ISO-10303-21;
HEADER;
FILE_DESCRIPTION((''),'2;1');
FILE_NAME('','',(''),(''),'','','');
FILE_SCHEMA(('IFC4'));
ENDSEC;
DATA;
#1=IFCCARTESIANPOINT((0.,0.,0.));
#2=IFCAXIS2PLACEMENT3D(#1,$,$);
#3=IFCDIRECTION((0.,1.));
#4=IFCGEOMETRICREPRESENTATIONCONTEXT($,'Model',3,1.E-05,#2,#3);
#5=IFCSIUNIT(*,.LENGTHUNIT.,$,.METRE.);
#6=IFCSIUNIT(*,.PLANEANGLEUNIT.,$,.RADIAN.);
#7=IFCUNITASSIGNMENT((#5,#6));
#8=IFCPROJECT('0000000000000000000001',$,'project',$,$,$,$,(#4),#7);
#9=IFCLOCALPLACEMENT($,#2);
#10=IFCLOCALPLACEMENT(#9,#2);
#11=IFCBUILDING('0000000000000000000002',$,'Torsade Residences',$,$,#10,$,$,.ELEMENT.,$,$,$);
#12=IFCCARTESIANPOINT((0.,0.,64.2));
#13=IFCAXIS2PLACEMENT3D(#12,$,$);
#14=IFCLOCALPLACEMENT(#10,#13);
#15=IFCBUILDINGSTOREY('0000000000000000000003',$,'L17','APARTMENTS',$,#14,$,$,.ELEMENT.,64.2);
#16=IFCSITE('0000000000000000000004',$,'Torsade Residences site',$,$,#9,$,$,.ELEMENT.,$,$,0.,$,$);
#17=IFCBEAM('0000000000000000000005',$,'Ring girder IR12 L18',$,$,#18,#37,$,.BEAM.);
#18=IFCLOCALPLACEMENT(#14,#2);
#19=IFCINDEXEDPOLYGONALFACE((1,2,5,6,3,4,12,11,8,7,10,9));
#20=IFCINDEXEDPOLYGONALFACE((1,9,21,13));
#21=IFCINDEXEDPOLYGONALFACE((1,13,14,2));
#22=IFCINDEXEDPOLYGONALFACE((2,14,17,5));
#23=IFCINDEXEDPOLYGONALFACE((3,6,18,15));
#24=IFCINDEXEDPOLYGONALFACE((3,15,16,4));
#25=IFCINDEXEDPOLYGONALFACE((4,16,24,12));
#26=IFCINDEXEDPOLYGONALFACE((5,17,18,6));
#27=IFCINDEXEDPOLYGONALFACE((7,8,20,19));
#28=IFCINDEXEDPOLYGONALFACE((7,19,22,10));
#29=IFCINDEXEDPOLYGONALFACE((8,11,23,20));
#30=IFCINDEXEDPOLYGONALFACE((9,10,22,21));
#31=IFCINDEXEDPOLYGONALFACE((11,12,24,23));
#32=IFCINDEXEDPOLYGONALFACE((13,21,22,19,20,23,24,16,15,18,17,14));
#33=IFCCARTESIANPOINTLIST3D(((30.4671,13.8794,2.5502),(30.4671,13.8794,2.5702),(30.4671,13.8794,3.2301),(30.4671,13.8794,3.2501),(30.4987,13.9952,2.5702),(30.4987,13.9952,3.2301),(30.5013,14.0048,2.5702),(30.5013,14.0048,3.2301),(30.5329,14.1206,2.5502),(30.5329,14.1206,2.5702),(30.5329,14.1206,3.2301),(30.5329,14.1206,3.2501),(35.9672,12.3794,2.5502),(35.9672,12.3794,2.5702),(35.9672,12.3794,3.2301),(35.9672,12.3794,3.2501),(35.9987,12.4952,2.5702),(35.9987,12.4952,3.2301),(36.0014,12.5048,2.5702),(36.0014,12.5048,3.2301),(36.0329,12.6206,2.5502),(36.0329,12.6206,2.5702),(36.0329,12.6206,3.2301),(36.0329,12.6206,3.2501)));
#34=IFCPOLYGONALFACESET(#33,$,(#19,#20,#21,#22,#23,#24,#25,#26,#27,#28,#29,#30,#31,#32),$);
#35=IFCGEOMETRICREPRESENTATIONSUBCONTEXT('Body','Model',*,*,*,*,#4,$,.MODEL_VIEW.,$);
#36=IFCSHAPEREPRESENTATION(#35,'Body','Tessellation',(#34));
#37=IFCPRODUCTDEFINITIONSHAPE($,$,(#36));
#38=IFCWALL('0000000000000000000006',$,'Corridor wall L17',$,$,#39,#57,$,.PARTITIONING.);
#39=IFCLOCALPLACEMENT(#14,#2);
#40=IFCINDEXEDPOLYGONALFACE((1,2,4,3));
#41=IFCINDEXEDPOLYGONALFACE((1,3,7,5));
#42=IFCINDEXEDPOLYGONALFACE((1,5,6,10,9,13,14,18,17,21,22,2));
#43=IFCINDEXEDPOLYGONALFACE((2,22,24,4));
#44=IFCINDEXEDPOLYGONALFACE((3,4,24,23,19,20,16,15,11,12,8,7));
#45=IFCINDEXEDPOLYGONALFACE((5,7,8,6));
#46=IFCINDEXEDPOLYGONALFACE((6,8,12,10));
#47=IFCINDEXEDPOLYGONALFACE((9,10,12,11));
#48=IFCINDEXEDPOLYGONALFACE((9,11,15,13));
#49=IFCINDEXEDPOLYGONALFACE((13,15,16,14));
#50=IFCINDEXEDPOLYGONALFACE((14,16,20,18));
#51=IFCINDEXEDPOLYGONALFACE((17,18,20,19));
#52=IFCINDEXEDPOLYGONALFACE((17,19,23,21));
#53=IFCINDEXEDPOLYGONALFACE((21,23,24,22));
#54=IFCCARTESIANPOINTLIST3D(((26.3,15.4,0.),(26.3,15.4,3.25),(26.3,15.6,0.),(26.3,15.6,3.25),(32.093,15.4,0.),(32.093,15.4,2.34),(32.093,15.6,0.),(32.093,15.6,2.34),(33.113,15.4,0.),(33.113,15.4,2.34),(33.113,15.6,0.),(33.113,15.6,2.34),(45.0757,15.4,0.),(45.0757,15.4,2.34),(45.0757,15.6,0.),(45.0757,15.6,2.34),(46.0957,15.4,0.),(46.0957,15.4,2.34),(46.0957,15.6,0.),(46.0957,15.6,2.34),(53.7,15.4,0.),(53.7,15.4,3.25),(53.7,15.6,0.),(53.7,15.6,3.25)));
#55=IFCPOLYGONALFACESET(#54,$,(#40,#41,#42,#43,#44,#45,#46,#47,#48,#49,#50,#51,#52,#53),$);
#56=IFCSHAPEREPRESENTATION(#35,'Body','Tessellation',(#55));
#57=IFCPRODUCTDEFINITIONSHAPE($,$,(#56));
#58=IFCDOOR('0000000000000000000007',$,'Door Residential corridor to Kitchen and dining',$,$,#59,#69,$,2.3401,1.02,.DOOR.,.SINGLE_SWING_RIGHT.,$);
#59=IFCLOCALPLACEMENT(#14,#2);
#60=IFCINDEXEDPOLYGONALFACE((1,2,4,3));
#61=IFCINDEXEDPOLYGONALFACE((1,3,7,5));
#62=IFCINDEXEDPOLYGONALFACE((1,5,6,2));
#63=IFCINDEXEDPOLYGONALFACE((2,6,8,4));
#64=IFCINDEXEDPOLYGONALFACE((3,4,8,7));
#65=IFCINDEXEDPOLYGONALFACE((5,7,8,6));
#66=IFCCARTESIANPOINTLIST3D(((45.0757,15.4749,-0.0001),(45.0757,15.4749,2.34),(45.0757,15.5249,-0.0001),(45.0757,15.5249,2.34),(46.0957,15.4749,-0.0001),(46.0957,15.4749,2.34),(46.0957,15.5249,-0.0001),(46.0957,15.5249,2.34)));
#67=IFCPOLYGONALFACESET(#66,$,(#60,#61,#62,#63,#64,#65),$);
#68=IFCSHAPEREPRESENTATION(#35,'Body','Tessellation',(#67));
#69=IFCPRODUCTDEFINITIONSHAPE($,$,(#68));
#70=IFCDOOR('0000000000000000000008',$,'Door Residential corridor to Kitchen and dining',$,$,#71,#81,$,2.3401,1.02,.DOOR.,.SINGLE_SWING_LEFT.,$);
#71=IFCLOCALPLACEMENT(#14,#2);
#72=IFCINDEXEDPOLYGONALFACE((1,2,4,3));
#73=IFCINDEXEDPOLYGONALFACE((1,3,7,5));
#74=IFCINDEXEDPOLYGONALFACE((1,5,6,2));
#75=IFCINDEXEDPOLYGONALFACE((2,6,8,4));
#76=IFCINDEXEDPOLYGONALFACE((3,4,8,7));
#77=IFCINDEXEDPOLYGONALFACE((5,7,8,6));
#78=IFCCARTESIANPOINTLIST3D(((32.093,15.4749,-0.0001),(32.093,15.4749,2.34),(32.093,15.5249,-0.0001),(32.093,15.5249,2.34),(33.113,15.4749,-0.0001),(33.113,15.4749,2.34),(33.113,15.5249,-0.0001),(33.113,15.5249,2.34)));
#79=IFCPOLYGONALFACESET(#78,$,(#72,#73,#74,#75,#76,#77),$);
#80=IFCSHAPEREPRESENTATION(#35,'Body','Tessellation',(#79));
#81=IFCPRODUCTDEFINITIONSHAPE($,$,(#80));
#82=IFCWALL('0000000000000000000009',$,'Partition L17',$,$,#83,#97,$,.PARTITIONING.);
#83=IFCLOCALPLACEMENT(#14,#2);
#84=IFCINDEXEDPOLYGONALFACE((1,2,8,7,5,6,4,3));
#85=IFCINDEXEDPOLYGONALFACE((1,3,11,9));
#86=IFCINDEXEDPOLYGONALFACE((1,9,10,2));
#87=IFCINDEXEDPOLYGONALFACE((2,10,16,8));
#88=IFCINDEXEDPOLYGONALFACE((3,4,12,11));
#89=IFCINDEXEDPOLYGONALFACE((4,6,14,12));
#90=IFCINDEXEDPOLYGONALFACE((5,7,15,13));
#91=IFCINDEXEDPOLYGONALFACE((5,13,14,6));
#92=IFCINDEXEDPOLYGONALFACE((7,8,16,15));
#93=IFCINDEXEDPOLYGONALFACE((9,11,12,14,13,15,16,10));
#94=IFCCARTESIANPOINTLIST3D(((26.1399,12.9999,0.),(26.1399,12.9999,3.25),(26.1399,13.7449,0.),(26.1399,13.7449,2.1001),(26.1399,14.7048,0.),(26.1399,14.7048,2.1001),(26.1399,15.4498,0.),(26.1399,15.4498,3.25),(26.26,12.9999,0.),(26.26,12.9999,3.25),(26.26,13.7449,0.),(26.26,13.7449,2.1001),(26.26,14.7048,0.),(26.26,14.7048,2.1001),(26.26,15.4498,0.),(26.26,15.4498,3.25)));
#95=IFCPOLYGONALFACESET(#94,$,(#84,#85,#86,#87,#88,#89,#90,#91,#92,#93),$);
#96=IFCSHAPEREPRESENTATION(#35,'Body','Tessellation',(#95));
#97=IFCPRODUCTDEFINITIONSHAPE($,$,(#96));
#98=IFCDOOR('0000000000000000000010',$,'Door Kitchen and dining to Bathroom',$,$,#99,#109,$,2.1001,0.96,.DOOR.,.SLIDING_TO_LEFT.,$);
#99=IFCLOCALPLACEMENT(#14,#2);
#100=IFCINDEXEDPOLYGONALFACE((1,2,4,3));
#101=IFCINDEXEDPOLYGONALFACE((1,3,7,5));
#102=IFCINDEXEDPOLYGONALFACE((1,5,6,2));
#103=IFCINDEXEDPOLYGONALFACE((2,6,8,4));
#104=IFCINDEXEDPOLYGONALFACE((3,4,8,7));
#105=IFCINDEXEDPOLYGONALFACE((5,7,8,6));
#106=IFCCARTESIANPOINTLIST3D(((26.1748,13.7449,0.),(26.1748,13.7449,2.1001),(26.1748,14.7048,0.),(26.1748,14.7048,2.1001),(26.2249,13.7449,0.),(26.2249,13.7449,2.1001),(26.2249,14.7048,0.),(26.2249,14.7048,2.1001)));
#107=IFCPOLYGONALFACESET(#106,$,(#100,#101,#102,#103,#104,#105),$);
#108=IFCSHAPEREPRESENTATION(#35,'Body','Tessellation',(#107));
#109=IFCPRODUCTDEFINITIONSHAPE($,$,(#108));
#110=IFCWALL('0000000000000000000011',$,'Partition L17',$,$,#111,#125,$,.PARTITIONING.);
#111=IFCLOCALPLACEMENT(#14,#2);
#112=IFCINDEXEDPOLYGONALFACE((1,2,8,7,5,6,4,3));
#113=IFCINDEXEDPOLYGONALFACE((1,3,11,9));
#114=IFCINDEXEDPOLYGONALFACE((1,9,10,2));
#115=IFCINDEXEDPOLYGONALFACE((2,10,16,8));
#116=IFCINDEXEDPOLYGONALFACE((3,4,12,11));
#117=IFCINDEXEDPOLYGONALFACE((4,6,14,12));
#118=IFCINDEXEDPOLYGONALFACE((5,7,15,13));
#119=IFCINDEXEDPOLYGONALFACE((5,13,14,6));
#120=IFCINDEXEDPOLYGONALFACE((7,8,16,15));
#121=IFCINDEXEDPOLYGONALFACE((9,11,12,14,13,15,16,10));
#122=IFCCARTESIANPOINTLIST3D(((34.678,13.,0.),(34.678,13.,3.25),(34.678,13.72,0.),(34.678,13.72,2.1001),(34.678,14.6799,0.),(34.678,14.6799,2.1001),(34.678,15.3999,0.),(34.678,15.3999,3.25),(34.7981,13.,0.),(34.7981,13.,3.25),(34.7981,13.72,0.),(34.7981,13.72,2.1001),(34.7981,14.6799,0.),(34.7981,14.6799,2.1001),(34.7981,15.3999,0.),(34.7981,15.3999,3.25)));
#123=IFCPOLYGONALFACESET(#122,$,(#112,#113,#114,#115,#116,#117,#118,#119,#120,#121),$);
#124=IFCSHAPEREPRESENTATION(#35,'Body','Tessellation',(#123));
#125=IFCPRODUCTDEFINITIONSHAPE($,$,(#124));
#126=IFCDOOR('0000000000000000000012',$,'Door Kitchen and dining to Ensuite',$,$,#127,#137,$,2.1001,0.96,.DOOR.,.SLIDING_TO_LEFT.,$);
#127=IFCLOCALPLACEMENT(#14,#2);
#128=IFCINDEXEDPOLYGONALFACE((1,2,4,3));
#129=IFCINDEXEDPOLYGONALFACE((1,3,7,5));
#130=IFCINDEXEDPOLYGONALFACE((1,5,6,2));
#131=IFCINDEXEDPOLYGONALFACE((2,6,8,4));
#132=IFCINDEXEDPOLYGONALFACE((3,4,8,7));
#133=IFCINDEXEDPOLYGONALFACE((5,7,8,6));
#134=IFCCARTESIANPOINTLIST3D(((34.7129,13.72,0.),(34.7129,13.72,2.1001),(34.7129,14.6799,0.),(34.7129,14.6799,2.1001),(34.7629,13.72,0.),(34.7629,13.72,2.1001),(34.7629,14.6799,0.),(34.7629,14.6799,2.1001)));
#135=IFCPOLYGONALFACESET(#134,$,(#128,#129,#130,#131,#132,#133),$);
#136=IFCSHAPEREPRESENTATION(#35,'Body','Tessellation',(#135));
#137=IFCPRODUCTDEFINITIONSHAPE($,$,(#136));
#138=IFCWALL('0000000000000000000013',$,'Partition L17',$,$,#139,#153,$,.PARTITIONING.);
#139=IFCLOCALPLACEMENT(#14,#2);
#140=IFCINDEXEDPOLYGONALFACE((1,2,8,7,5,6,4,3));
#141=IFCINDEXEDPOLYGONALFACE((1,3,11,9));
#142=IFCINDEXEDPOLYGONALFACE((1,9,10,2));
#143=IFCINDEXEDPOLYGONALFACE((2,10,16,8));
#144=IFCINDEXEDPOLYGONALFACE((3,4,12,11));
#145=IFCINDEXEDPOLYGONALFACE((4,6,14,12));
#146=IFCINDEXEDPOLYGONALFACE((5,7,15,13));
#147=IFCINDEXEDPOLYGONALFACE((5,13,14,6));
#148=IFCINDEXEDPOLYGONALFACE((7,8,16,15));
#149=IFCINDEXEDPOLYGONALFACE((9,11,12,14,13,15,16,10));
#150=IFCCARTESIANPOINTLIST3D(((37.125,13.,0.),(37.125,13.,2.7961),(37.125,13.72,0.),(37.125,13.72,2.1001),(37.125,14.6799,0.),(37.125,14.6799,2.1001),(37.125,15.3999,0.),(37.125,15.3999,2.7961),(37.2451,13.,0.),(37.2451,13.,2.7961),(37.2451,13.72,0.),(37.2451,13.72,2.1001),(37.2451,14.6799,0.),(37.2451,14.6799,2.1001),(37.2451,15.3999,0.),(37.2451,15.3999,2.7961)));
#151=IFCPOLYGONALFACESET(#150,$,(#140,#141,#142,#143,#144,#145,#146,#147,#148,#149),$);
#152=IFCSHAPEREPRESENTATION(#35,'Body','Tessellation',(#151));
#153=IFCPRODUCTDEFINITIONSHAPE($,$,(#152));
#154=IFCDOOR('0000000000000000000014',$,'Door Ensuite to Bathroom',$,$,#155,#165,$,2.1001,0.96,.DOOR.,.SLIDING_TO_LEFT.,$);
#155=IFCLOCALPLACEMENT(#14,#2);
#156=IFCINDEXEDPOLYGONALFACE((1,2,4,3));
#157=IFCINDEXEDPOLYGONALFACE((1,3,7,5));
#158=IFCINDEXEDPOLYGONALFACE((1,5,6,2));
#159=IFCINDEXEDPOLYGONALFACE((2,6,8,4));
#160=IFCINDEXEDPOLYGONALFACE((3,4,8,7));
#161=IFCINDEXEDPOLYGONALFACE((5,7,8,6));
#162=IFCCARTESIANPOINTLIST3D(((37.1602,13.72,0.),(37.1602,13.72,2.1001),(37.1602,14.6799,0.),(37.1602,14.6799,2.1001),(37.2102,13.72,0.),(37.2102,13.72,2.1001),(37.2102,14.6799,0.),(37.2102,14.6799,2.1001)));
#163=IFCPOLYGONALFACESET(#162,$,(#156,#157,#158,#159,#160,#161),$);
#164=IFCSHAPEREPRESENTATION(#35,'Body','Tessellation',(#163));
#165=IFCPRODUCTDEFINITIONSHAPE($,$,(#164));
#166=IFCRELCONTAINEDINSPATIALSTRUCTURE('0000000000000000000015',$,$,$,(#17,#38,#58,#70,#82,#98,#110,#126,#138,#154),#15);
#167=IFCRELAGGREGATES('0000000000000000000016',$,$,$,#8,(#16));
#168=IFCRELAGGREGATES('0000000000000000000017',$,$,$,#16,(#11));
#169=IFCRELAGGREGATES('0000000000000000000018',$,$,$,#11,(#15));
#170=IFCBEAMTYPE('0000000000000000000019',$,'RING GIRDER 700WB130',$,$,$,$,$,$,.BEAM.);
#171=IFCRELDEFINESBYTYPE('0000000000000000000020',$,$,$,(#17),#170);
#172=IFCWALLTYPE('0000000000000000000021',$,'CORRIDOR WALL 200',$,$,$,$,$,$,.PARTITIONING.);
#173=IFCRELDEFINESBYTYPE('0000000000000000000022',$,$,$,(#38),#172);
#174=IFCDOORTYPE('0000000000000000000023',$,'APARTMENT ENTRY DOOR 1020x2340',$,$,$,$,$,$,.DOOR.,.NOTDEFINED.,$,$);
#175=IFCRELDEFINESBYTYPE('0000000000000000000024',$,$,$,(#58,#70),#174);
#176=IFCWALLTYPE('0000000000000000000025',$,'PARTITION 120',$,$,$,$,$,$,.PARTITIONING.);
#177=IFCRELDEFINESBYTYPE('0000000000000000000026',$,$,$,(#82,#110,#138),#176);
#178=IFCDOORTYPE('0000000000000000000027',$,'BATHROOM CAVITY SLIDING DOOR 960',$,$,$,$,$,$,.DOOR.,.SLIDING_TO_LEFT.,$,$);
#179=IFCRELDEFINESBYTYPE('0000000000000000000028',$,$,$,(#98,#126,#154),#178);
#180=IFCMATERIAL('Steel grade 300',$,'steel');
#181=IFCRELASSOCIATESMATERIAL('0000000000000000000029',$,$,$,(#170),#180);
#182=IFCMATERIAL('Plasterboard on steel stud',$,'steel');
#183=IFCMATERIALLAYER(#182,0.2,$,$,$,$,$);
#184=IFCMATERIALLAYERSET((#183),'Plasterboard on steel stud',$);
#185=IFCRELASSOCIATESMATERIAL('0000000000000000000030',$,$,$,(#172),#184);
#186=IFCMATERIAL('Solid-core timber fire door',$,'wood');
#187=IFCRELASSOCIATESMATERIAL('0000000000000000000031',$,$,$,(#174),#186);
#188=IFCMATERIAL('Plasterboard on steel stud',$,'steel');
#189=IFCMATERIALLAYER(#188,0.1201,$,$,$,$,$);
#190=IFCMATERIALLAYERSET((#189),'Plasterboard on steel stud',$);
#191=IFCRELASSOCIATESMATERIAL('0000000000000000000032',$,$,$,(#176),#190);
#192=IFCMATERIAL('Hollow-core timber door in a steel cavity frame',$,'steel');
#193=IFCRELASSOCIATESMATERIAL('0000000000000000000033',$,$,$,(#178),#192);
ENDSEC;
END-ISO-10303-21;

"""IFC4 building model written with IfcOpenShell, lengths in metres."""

from ifc_helpers import new_model, si_unit, direction, frame, frame_2d, origin, origin_2d, place, context, subcontext, project, spatial, rectangle, i_section, extrude, material, layer, layer_set, material_profile, profile_set, type_object, element, fill, save


model = new_model("IFC4")

# Units and contexts
model_context = context("Model", 3, precision=1e-05, world=origin(), true_north=direction((0.0, 1.0)))
body_context = subcontext(model_context, "Body", "Model", "MODEL_VIEW")
ifc_project = project(units=[si_unit("LENGTHUNIT", "METRE"), si_unit("PLANEANGLEUNIT", "RADIAN")], contexts=[model_context])

# Site, building, storey
site_placement = place(None, origin())
site = spatial("IfcSite", under=ifc_project, at=site_placement, Name="Torsade Residences site", CompositionType="ELEMENT", RefElevation=0.0)
building_placement = place(site_placement, origin())
building = spatial("IfcBuilding", under=site, at=building_placement, Name="Torsade Residences", CompositionType="ELEMENT")
storey_placement = place(building_placement, frame((0.0, 0.0, 64.2)))
storey = spatial("IfcBuildingStorey", under=building, at=storey_placement, Name="L17", Description="APARTMENTS", CompositionType="ELEMENT", Elevation=64.2)

# Beam
ifc_material_1 = material(Name="Steel grade 300", Category="steel")
ifc_material_profile_1 = material_profile(ifc_material_1, i_section(OverallWidth=0.25, OverallDepth=0.7, WebThickness=0.01, FlangeThickness=0.02, at=origin_2d()), Name="700WB130")
ifc_profile_set_1 = profile_set([ifc_material_profile_1], Name="Steel grade 300")
beam_type_1 = type_object("IfcBeamType", Name="RING GIRDER 700WB130", PredefinedType="BEAM", material=ifc_profile_set_1)
beam_1_placement = place(storey_placement, frame((30.5, 14.0, 2.9001), z_axis=(0.964764, -0.263117, 0.0), x_axis=(0.263117, 0.964764, 0.0)))
element("IfcBeam", 1, at=beam_1_placement, inside=storey, type_object=beam_type_1, Name="Ring girder IR12 L18", PredefinedType="BEAM", context=body_context, shape_type="SweptSolid", body=[
    extrude(i_section(OverallWidth=0.25, OverallDepth=0.7, WebThickness=0.01, FlangeThickness=0.02, at=origin_2d()), origin(), (0.0, 0.0, 1.0), 5.7009),
])

# Wall, openings, doors
ifc_material_2 = material(Name="Plasterboard on steel stud", Category="steel")
ifc_layer_1 = layer(ifc_material_2, 0.2)
ifc_layer_set_1 = layer_set([ifc_layer_1], Name="Plasterboard on steel stud")
wall_type_1 = type_object("IfcWallType", Name="CORRIDOR WALL 200", PredefinedType="PARTITIONING", material=ifc_layer_set_1)
wall_1_placement = place(storey_placement, frame((26.3, 15.5, 0.0), z_axis=(0.0, 0.0, 1.0), x_axis=(1.0, 0.0, 0.0)))
wall_1 = element("IfcWall", 2, at=wall_1_placement, inside=storey, type_object=wall_type_1, Name="Corridor wall L17", PredefinedType="PARTITIONING", context=body_context, shape_type="SweptSolid", body=[
    extrude(rectangle(XDim=27.3999, YDim=0.2, at=frame_2d((13.7, 0.0))), origin(), (0.0, 0.0, 1.0), 3.25),
])
opening_1_placement = place(wall_1_placement, frame((18.7756, 0.0, 0.0)))
opening_1 = element("IfcOpeningElement", 3, at=opening_1_placement, cuts=wall_1, PredefinedType="OPENING", context=body_context, shape_type="SweptSolid", body=[
    extrude(rectangle(XDim=1.02, YDim=2.3401, at=frame_2d((0.51, 1.1699))), frame((0.0, 0.1099, 0.0), z_axis=(0.0, -1.0, 0.0), x_axis=(1.0, 0.0, 0.0)), (0.0, 0.0, 1.0), 0.22),
])
opening_2_placement = place(wall_1_placement, frame((5.793, 0.0, 0.0)))
opening_2 = element("IfcOpeningElement", 4, at=opening_2_placement, cuts=wall_1, PredefinedType="OPENING", context=body_context, shape_type="SweptSolid", body=[
    extrude(rectangle(XDim=1.02, YDim=2.3401, at=frame_2d((0.51, 1.1699))), frame((0.0, 0.1099, 0.0), z_axis=(0.0, -1.0, 0.0), x_axis=(1.0, 0.0, 0.0)), (0.0, 0.0, 1.0), 0.22),
])
ifc_material_3 = material(Name="Solid-core timber fire door", Category="wood")
door_type_1 = type_object("IfcDoorType", Name="APARTMENT ENTRY DOOR 1020x2340", OperationType="NOTDEFINED", PredefinedType="DOOR", material=ifc_material_3)
door_1_placement = place(opening_1_placement, origin())
door_1 = element("IfcDoor", 5, at=door_1_placement, inside=storey, type_object=door_type_1, Name="Door Residential corridor to Kitchen and dining", OperationType="SINGLE_SWING_RIGHT", OverallHeight=2.3401, OverallWidth=1.02, PredefinedType="DOOR", context=body_context, shape_type="SweptSolid", body=[
    extrude(rectangle(XDim=1.02, YDim=2.3401, at=frame_2d((0.51, 1.1699))), frame((0.0, 0.0249, 0.0), z_axis=(0.0, -1.0, 0.0), x_axis=(1.0, 0.0, 0.0)), (0.0, 0.0, 1.0), 0.05),
])
fill(opening_1, door_1)
door_2_placement = place(opening_2_placement, origin())
door_2 = element("IfcDoor", 6, at=door_2_placement, inside=storey, type_object=door_type_1, Name="Door Residential corridor to Kitchen and dining", OperationType="SINGLE_SWING_LEFT", OverallHeight=2.3401, OverallWidth=1.02, PredefinedType="DOOR", context=body_context, shape_type="SweptSolid", body=[
    extrude(rectangle(XDim=1.02, YDim=2.3401, at=frame_2d((0.51, 1.1699))), frame((0.0, 0.0249, 0.0), z_axis=(0.0, -1.0, 0.0), x_axis=(1.0, 0.0, 0.0)), (0.0, 0.0, 1.0), 0.05),
])
fill(opening_2, door_2)

# Walls, openings, doors
ifc_material_4 = material(Name="Plasterboard on steel stud", Category="steel")
ifc_layer_2 = layer(ifc_material_4, 0.1201)
ifc_layer_set_2 = layer_set([ifc_layer_2], Name="Plasterboard on steel stud")
wall_type_2 = type_object("IfcWallType", Name="PARTITION 120", PredefinedType="PARTITIONING", material=ifc_layer_set_2)
wall_2_placement = place(storey_placement, frame((26.2, 15.45, 0.0), z_axis=(0.0, 0.0, 1.0), x_axis=(0.0, -1.0, 0.0)))
wall_2 = element("IfcWall", 7, at=wall_2_placement, inside=storey, type_object=wall_type_2, Name="Partition L17", PredefinedType="PARTITIONING", context=body_context, shape_type="SweptSolid", body=[
    extrude(rectangle(XDim=2.45, YDim=0.1201, at=frame_2d((1.2251, 0.0))), origin(), (0.0, 0.0, 1.0), 3.25),
])
opening_3_placement = place(wall_2_placement, frame((0.7451, 0.0, 0.0)))
opening_3 = element("IfcOpeningElement", 8, at=opening_3_placement, cuts=wall_2, PredefinedType="OPENING", context=body_context, shape_type="SweptSolid", body=[
    extrude(rectangle(XDim=0.96, YDim=2.1001, at=frame_2d((0.48, 1.05))), frame((0.0, 0.0701, 0.0), z_axis=(0.0, -1.0, 0.0), x_axis=(1.0, 0.0, 0.0)), (0.0, 0.0, 1.0), 0.1401),
])
ifc_material_5 = material(Name="Hollow-core timber door in a steel cavity frame", Category="steel")
door_type_2 = type_object("IfcDoorType", Name="BATHROOM CAVITY SLIDING DOOR 960", OperationType="SLIDING_TO_LEFT", PredefinedType="DOOR", material=ifc_material_5)
door_3_placement = place(opening_3_placement, origin())
door_3 = element("IfcDoor", 9, at=door_3_placement, inside=storey, type_object=door_type_2, Name="Door Kitchen and dining to Bathroom", OperationType="SLIDING_TO_LEFT", OverallHeight=2.1001, OverallWidth=0.96, PredefinedType="DOOR", context=body_context, shape_type="SweptSolid", body=[
    extrude(rectangle(XDim=0.96, YDim=2.1001, at=frame_2d((0.48, 1.05))), frame((0.0, 0.0249, 0.0), z_axis=(0.0, -1.0, 0.0), x_axis=(1.0, 0.0, 0.0)), (0.0, 0.0, 1.0), 0.05),
])
fill(opening_3, door_3)
wall_3_placement = place(storey_placement, frame((34.738, 15.3999, 0.0), z_axis=(0.0, 0.0, 1.0), x_axis=(0.0, -1.0, 0.0)))
wall_3 = element("IfcWall", 10, at=wall_3_placement, inside=storey, type_object=wall_type_2, Name="Partition L17", PredefinedType="PARTITIONING", context=body_context, shape_type="SweptSolid", body=[
    extrude(rectangle(XDim=2.3999, YDim=0.1201, at=frame_2d((1.2, 0.0))), origin(), (0.0, 0.0, 1.0), 3.25),
])
opening_4_placement = place(wall_3_placement, frame((0.72, 0.0, 0.0)))
opening_4 = element("IfcOpeningElement", 11, at=opening_4_placement, cuts=wall_3, PredefinedType="OPENING", context=body_context, shape_type="SweptSolid", body=[
    extrude(rectangle(XDim=0.96, YDim=2.1001, at=frame_2d((0.48, 1.05))), frame((0.0, 0.0701, 0.0), z_axis=(0.0, -1.0, 0.0), x_axis=(1.0, 0.0, 0.0)), (0.0, 0.0, 1.0), 0.1401),
])
door_4_placement = place(opening_4_placement, origin())
door_4 = element("IfcDoor", 12, at=door_4_placement, inside=storey, type_object=door_type_2, Name="Door Kitchen and dining to Ensuite", OperationType="SLIDING_TO_LEFT", OverallHeight=2.1001, OverallWidth=0.96, PredefinedType="DOOR", context=body_context, shape_type="SweptSolid", body=[
    extrude(rectangle(XDim=0.96, YDim=2.1001, at=frame_2d((0.48, 1.05))), frame((0.0, 0.0249, 0.0), z_axis=(0.0, -1.0, 0.0), x_axis=(1.0, 0.0, 0.0)), (0.0, 0.0, 1.0), 0.05),
])
fill(opening_4, door_4)
wall_4_placement = place(storey_placement, frame((37.1851, 13.0, 0.0), z_axis=(0.0, 0.0, 1.0), x_axis=(0.0, 1.0, 0.0)))
wall_4 = element("IfcWall", 13, at=wall_4_placement, inside=storey, type_object=wall_type_2, Name="Partition L17", PredefinedType="PARTITIONING", context=body_context, shape_type="SweptSolid", body=[
    extrude(rectangle(XDim=2.3999, YDim=0.1201, at=frame_2d((1.2, 0.0))), origin(), (0.0, 0.0, 1.0), 2.7961),
])
opening_5_placement = place(wall_4_placement, frame((0.72, 0.0, 0.0)))
opening_5 = element("IfcOpeningElement", 14, at=opening_5_placement, cuts=wall_4, PredefinedType="OPENING", context=body_context, shape_type="SweptSolid", body=[
    extrude(rectangle(XDim=0.96, YDim=2.1001, at=frame_2d((0.48, 1.05))), frame((0.0, 0.0701, 0.0), z_axis=(0.0, -1.0, 0.0), x_axis=(1.0, 0.0, 0.0)), (0.0, 0.0, 1.0), 0.1401),
])
door_5_placement = place(opening_5_placement, origin())
door_5 = element("IfcDoor", 15, at=door_5_placement, inside=storey, type_object=door_type_2, Name="Door Ensuite to Bathroom", OperationType="SLIDING_TO_LEFT", OverallHeight=2.1001, OverallWidth=0.96, PredefinedType="DOOR", context=body_context, shape_type="SweptSolid", body=[
    extrude(rectangle(XDim=0.96, YDim=2.1001, at=frame_2d((0.48, 1.05))), frame((0.0, 0.0249, 0.0), z_axis=(0.0, -1.0, 0.0), x_axis=(1.0, 0.0, 0.0)), (0.0, 0.0, 1.0), 0.05),
])
fill(opening_5, door_5)

save(model, "model.ifc")
